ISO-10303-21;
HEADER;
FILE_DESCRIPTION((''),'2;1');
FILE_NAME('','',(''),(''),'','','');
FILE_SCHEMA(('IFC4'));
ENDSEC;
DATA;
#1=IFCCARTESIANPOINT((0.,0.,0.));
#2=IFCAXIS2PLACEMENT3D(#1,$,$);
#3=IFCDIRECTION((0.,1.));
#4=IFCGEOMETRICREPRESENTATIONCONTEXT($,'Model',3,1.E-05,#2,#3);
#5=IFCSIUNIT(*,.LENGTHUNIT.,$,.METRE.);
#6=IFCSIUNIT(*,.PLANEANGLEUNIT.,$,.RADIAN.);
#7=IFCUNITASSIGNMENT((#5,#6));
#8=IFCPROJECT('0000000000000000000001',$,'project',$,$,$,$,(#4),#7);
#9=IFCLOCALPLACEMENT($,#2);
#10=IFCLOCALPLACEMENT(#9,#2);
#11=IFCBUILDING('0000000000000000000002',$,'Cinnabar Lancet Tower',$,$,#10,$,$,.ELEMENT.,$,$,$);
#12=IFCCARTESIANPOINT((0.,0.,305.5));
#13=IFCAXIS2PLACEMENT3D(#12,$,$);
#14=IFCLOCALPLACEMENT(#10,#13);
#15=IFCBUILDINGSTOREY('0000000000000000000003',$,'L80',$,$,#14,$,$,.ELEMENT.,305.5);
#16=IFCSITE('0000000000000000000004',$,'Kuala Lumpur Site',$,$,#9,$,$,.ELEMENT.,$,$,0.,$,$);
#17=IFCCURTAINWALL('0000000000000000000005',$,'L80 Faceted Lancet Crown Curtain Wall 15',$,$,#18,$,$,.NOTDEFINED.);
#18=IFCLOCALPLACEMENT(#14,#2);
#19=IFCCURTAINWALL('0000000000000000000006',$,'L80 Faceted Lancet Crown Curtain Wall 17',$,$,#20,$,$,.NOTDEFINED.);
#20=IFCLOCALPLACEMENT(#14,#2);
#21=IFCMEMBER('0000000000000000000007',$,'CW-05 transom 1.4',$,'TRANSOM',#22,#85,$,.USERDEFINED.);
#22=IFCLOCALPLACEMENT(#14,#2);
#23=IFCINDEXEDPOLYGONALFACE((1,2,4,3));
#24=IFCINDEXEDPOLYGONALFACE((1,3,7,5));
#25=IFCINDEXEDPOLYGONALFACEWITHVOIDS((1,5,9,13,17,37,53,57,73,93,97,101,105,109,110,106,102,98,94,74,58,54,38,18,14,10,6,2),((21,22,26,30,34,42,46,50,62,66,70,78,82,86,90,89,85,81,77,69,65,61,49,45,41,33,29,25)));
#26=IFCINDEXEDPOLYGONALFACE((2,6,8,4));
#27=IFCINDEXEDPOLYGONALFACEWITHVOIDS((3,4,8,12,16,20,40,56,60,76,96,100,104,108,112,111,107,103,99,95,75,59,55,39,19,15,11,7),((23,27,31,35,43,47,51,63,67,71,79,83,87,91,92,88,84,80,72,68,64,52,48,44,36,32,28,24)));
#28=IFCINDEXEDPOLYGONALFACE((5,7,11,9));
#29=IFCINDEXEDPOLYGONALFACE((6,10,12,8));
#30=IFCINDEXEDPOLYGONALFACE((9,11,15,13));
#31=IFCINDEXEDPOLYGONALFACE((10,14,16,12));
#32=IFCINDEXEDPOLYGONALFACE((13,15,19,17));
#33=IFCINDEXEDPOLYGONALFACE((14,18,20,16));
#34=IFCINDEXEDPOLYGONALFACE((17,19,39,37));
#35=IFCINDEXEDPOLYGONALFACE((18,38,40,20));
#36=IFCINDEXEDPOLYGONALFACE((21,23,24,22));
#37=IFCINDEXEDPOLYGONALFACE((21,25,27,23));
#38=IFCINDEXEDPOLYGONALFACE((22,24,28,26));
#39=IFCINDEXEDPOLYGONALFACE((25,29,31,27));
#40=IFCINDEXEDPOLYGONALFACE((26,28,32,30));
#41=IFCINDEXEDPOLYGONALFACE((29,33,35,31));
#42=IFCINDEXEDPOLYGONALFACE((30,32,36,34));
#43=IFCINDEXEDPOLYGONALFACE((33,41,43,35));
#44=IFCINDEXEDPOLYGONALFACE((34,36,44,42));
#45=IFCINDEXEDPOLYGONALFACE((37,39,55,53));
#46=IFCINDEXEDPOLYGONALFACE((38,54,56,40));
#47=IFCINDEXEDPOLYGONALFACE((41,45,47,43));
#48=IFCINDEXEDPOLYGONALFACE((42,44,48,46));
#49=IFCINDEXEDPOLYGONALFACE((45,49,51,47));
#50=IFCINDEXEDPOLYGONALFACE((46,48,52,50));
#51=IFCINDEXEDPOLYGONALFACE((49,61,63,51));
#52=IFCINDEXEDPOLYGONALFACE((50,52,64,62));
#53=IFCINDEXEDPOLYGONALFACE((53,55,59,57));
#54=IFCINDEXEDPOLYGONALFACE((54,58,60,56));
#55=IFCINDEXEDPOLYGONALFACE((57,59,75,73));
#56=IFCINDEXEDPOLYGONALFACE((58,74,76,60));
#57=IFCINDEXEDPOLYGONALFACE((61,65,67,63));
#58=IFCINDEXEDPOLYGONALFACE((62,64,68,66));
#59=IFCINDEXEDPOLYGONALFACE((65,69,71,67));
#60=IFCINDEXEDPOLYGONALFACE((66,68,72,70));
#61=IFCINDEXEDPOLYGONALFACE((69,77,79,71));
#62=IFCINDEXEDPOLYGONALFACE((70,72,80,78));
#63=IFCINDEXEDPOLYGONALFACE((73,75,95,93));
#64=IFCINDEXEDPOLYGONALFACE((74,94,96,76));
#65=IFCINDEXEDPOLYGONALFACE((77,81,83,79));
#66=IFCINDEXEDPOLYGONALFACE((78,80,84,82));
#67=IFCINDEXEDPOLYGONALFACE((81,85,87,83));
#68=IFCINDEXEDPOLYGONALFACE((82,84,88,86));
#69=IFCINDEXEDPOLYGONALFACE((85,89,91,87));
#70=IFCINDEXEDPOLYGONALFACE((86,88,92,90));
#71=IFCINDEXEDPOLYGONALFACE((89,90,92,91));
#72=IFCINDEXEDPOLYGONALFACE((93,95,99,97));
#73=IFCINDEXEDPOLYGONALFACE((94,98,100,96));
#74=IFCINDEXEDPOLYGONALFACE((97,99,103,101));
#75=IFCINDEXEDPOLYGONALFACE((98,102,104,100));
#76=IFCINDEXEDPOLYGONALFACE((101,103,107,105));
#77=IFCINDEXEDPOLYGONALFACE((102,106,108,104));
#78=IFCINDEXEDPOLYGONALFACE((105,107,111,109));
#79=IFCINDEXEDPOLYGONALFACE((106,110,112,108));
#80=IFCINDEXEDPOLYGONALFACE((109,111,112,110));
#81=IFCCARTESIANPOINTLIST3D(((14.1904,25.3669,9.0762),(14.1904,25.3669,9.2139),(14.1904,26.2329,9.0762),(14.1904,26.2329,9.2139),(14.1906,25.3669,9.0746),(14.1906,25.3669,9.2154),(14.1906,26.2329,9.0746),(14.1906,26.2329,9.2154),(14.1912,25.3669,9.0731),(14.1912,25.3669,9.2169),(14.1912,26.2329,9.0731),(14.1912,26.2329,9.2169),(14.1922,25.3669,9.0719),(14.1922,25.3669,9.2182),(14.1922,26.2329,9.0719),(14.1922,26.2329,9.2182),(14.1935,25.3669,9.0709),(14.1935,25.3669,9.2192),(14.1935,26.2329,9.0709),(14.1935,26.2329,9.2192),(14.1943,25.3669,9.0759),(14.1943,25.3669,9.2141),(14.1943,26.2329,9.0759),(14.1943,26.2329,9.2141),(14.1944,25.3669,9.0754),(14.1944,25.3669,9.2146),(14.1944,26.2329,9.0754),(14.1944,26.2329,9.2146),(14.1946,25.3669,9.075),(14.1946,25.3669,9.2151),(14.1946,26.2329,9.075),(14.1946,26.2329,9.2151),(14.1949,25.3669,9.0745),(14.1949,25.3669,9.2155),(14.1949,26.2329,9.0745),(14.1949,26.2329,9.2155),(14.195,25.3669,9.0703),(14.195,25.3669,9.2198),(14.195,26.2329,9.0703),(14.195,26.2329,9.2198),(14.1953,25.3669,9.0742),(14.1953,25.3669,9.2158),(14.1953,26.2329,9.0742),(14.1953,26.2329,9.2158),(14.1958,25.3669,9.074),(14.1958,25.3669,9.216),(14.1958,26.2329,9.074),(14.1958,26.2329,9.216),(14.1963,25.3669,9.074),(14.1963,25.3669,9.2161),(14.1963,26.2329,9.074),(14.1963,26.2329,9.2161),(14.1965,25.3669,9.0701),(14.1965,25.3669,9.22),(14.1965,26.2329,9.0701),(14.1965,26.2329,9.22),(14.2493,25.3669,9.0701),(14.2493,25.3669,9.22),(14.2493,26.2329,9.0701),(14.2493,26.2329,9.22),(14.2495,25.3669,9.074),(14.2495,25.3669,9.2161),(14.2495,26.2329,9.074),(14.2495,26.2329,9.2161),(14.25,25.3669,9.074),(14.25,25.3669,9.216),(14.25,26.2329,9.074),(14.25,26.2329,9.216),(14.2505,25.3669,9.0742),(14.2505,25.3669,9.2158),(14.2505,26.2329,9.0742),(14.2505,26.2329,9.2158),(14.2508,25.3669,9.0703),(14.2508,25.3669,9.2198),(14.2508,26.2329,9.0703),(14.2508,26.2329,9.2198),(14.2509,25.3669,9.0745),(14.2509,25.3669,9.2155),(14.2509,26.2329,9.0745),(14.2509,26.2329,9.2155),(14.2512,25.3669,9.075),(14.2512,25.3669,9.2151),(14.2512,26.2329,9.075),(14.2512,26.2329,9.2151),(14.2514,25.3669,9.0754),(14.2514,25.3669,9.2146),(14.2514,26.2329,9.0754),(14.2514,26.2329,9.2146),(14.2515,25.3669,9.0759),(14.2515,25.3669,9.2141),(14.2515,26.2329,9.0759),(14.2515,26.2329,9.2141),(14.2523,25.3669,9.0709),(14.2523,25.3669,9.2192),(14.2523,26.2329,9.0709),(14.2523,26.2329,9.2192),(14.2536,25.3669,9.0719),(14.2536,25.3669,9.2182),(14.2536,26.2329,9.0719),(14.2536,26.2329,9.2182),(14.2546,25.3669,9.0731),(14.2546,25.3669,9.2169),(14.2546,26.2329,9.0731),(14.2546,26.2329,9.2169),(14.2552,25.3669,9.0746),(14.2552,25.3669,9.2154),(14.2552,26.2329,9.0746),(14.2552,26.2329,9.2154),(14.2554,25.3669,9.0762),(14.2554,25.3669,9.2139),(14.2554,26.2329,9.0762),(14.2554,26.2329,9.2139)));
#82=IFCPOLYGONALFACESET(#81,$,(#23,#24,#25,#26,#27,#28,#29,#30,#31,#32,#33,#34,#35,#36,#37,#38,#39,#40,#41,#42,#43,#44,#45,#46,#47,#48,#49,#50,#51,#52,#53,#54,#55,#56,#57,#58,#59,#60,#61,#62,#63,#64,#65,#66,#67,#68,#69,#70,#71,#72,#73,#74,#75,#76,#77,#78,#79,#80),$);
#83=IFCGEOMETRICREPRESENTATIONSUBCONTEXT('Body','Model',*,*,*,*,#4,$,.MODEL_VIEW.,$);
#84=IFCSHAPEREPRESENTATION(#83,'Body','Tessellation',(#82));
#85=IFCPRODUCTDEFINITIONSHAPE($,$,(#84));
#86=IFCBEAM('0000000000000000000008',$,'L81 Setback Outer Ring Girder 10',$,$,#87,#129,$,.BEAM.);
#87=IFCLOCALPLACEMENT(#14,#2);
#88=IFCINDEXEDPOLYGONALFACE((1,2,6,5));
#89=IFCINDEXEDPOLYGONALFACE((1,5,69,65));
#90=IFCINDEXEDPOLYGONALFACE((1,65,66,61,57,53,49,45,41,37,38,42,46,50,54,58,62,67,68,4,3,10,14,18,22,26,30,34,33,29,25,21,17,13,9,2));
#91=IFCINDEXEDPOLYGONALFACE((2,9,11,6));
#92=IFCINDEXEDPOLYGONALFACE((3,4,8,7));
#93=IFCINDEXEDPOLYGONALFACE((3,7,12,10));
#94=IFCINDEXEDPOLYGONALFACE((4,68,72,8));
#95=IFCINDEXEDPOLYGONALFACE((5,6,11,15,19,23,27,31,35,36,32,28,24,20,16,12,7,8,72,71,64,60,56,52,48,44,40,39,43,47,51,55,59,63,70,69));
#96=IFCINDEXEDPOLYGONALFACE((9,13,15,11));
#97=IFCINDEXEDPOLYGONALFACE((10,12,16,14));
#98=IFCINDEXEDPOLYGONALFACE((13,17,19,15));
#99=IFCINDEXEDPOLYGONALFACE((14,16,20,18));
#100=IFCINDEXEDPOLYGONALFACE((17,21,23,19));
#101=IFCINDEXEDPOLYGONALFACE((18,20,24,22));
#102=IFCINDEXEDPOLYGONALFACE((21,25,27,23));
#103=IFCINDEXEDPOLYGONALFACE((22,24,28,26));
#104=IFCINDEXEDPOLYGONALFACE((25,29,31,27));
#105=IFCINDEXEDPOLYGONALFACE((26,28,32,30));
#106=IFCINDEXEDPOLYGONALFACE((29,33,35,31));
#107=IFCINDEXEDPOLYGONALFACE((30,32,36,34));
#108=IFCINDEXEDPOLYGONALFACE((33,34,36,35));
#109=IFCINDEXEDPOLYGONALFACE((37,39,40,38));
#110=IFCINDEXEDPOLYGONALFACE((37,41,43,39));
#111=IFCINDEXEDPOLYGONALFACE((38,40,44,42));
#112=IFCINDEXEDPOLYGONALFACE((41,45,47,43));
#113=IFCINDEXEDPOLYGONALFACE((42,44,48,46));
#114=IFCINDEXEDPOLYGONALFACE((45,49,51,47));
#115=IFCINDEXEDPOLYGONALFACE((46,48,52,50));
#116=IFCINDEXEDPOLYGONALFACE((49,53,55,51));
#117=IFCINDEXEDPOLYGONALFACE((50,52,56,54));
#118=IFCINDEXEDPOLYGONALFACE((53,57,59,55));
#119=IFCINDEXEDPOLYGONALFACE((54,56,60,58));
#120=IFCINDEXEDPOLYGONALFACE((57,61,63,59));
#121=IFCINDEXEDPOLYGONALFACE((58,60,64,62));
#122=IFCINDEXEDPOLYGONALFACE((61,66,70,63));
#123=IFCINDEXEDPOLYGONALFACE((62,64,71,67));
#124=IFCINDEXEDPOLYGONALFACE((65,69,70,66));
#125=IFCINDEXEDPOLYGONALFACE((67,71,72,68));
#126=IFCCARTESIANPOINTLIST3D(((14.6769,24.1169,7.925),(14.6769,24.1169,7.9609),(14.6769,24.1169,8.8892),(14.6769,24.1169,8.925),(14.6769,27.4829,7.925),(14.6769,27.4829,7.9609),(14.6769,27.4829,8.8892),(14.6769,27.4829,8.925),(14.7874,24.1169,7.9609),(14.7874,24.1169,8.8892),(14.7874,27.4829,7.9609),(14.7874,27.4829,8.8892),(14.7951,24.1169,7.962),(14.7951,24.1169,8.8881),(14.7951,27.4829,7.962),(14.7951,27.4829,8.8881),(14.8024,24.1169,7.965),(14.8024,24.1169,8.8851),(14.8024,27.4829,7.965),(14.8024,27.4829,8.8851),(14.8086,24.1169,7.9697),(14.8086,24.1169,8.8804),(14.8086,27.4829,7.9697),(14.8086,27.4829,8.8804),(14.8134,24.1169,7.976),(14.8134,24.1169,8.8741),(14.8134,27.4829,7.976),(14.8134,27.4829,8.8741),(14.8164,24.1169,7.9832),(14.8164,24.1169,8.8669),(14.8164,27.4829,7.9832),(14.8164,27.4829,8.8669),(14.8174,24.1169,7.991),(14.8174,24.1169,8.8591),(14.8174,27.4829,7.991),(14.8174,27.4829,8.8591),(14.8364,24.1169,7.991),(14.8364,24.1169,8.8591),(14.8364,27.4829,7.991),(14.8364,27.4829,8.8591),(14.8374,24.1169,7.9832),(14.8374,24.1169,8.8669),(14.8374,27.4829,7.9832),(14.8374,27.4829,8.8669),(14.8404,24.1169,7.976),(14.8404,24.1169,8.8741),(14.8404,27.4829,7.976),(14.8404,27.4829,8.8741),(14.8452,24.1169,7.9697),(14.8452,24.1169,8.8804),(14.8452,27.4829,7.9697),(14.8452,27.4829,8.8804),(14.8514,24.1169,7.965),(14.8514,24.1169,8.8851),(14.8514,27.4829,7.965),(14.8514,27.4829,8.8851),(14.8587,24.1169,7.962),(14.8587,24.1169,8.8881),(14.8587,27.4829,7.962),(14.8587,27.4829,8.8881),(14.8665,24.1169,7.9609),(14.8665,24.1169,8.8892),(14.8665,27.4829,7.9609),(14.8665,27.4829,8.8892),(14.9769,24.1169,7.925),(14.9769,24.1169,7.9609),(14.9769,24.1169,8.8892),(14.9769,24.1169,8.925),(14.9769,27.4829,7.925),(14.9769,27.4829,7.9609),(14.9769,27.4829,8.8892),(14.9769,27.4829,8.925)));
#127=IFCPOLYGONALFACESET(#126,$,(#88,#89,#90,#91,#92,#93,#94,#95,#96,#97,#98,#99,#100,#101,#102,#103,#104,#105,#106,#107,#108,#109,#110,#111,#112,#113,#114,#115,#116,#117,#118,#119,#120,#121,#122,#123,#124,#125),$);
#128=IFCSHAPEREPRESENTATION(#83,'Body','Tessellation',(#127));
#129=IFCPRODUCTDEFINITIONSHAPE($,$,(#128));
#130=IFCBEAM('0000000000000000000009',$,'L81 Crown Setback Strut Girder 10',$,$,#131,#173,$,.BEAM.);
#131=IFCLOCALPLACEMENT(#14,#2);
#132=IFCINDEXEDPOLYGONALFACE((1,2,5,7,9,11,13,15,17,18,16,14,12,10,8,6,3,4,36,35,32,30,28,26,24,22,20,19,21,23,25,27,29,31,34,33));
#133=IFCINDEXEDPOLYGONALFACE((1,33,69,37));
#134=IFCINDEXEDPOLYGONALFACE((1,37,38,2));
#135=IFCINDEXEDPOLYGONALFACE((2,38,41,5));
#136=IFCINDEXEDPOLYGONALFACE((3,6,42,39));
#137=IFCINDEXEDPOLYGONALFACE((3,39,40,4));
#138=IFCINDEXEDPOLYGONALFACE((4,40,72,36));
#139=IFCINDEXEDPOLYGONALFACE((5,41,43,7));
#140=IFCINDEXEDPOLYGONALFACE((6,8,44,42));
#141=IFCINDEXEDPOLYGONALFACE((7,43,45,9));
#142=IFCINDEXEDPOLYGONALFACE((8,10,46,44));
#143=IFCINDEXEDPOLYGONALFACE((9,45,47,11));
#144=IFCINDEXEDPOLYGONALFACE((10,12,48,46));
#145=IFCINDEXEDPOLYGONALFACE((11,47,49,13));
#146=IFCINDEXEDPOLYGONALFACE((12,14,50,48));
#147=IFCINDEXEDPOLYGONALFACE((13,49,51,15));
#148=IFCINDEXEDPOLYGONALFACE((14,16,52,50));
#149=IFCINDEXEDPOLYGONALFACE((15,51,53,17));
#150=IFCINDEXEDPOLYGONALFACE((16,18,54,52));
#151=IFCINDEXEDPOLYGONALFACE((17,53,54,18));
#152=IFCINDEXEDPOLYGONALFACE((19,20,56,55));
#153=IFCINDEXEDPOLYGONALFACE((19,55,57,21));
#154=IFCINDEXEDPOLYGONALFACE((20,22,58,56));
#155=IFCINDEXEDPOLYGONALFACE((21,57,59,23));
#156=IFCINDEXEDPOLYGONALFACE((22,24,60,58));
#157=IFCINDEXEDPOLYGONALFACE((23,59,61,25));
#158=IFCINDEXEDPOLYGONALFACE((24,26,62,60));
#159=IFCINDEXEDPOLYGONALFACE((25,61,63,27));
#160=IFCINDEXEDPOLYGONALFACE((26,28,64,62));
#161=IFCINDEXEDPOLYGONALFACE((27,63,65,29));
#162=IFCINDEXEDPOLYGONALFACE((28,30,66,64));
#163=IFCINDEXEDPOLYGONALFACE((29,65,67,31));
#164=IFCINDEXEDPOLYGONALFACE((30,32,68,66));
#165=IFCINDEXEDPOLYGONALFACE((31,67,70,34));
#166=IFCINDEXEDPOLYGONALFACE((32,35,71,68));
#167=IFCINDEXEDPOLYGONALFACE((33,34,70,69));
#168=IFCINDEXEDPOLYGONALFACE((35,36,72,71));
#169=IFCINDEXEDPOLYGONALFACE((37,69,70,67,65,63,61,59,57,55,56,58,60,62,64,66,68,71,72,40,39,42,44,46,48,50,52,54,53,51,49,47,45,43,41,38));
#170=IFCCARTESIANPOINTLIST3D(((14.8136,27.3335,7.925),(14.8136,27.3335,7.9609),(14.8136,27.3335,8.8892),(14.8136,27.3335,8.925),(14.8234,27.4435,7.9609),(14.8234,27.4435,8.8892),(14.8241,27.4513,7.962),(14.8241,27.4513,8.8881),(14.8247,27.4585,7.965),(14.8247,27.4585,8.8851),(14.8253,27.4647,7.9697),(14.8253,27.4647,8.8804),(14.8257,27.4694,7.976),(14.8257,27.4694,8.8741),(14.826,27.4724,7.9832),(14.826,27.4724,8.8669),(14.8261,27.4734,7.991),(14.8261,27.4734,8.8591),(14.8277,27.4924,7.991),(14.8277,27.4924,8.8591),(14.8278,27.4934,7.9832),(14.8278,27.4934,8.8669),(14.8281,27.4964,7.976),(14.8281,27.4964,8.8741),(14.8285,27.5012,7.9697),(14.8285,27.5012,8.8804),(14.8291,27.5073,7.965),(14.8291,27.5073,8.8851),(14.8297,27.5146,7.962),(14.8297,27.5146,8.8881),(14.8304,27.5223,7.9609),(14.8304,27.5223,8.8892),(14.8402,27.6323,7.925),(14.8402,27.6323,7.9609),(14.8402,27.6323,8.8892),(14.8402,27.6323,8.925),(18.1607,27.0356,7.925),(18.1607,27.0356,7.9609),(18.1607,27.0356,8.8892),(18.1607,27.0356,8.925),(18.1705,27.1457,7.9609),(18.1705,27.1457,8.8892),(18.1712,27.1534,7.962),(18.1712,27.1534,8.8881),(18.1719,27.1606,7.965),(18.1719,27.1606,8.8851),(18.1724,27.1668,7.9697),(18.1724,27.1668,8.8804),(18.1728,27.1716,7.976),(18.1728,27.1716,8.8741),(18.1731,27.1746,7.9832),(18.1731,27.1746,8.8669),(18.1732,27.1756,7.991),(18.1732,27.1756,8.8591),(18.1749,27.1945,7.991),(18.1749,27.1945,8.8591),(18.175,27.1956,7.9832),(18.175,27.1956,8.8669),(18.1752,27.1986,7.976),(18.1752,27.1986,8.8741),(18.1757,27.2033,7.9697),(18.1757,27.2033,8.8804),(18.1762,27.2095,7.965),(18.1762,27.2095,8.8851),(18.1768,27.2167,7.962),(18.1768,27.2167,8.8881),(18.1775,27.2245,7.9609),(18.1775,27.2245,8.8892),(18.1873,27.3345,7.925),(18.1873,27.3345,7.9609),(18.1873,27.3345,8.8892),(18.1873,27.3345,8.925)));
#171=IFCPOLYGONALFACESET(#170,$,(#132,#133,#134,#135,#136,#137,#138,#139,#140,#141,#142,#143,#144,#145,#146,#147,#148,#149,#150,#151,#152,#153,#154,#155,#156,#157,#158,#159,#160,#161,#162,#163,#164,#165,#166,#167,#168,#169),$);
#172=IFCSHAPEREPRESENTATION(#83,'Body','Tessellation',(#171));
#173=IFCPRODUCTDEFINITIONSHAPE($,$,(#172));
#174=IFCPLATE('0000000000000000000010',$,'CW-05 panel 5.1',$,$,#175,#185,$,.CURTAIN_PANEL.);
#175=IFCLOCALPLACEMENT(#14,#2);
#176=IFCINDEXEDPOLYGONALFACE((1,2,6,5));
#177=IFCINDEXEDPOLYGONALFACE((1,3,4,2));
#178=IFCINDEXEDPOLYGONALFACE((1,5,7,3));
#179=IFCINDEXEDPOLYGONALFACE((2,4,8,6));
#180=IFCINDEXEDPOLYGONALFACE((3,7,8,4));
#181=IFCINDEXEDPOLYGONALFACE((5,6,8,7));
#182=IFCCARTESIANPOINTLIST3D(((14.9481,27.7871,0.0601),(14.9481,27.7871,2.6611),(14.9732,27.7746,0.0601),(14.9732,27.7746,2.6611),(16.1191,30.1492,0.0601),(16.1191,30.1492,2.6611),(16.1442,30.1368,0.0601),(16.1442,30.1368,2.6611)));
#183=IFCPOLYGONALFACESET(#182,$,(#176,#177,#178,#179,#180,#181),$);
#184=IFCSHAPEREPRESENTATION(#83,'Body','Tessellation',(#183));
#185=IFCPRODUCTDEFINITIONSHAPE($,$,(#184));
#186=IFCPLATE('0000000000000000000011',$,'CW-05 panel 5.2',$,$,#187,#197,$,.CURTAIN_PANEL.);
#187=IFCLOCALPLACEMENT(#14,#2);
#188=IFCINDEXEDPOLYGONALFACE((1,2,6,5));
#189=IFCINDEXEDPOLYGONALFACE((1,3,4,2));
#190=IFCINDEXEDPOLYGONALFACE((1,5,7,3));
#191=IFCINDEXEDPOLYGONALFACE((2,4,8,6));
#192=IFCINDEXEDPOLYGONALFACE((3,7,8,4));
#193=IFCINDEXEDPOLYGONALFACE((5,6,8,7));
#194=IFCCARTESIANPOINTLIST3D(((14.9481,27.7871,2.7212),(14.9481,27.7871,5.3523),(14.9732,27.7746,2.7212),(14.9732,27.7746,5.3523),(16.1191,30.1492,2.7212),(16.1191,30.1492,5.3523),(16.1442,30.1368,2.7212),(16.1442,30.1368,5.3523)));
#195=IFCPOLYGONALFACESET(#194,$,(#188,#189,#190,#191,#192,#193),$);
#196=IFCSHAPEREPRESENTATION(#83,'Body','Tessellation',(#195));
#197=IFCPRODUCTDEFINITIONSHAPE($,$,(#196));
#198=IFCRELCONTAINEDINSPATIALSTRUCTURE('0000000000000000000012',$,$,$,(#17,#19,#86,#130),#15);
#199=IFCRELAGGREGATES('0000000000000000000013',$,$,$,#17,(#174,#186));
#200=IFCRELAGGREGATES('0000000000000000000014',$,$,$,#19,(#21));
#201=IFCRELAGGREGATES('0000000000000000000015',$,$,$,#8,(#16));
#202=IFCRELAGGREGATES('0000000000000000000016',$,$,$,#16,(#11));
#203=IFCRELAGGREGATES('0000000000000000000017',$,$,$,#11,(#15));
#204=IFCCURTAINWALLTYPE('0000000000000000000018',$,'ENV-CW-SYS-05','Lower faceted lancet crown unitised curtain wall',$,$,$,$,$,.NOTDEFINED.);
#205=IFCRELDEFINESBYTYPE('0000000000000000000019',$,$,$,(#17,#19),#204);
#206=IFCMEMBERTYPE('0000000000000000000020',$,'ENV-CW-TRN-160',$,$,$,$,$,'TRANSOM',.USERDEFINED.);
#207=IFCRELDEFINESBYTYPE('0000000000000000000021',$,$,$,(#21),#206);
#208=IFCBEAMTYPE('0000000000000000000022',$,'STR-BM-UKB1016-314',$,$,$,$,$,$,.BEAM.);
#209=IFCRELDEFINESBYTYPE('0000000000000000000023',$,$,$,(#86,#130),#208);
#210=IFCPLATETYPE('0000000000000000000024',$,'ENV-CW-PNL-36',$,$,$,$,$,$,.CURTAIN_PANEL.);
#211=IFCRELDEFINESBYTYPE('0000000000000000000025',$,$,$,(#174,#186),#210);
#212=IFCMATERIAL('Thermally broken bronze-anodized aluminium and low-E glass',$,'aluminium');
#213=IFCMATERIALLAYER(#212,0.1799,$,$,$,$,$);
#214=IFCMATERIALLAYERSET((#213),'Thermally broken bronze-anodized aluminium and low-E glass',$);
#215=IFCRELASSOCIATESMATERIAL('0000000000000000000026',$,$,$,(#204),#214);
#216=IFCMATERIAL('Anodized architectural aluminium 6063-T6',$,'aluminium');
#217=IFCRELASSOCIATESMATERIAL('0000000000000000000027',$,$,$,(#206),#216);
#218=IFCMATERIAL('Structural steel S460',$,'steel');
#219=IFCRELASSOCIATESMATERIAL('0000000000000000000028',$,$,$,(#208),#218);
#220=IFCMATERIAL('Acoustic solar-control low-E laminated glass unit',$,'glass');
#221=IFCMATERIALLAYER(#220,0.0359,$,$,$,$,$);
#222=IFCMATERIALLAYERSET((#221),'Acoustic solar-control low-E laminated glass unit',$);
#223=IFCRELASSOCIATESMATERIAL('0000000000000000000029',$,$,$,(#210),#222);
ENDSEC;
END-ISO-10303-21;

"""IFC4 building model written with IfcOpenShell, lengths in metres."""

from ifc_helpers import new_model, si_unit, direction, frame, origin, origin_2d, place, context, subcontext, project, spatial, rectangle, hollow_rectangle, i_section, extrude, material, layer, layer_set, material_profile, profile_set, type_object, element, aggregate, save


model = new_model("IFC4")

# Units and contexts
model_context = context("Model", 3, precision=1e-05, world=origin(), true_north=direction((0.0, 1.0)))
body_context = subcontext(model_context, "Body", "Model", "MODEL_VIEW")
ifc_project = project(units=[si_unit("LENGTHUNIT", "METRE"), si_unit("PLANEANGLEUNIT", "RADIAN")], contexts=[model_context])

# Site, building, storey
site_placement = place(None, origin())
site = spatial("IfcSite", under=ifc_project, at=site_placement, Name="Kuala Lumpur Site", CompositionType="ELEMENT", RefElevation=0.0)
building_placement = place(site_placement, origin())
building = spatial("IfcBuilding", under=site, at=building_placement, Name="Cinnabar Lancet Tower", CompositionType="ELEMENT")
storey_placement = place(building_placement, frame((0.0, 0.0, 305.5)))
storey = spatial("IfcBuildingStorey", under=building, at=storey_placement, Name="L80", CompositionType="ELEMENT", Elevation=305.5)

# Curtain wall
ifc_material_1 = material(Name="Thermally broken bronze-anodized aluminium and low-E glass", Category="aluminium")
ifc_layer_1 = layer(ifc_material_1, 0.1799)
ifc_layer_set_1 = layer_set([ifc_layer_1], Name="Thermally broken bronze-anodized aluminium and low-E glass")
curtain_wall_type = type_object("IfcCurtainWallType", Name="ENV-CW-SYS-05", Description="Lower faceted lancet crown unitised curtain wall", PredefinedType="NOTDEFINED", material=ifc_layer_set_1)
curtain_wall_1_placement = place(storey_placement, origin())
curtain_wall_1 = element("IfcCurtainWall", 1, at=curtain_wall_1_placement, inside=storey, type_object=curtain_wall_type, Name="L80 Faceted Lancet Crown Curtain Wall 15", PredefinedType="NOTDEFINED")

# Curtain wall
curtain_wall_2_placement = place(storey_placement, origin())
curtain_wall_2 = element("IfcCurtainWall", 2, at=curtain_wall_2_placement, inside=storey, type_object=curtain_wall_type, Name="L80 Faceted Lancet Crown Curtain Wall 17", PredefinedType="NOTDEFINED")

# Member
ifc_material_2 = material(Name="Anodized architectural aluminium 6063-T6", Category="aluminium")
ifc_material_profile_1 = material_profile(ifc_material_2, hollow_rectangle(XDim=0.0649, YDim=0.1499, WallThickness=0.0039, InnerFilletRadius=0.002, OuterFilletRadius=0.0061, at=origin_2d()), Name="CW-TRN 150x65x4")
ifc_profile_set_1 = profile_set([ifc_material_profile_1], Name="Anodized architectural aluminium 6063-T6")
member_type_1 = type_object("IfcMemberType", Name="ENV-CW-TRN-160", ElementType="TRANSOM", PredefinedType="USERDEFINED", material=ifc_profile_set_1)
member_1_placement = place(storey_placement, frame((14.2229, 26.2329, 9.145), z_axis=(0.0, -1.0, 0.0), x_axis=(1.0, 0.0, 0.0)))
member_1 = element("IfcMember", 3, at=member_1_placement, type_object=member_type_1, Name="CW-05 transom 1.4", ObjectType="TRANSOM", PredefinedType="USERDEFINED", context=body_context, shape_type="SweptSolid", body=[
    extrude(hollow_rectangle(XDim=0.0649, YDim=0.1499, WallThickness=0.0039, InnerFilletRadius=0.002, OuterFilletRadius=0.0061, at=origin_2d()), origin(), (0.0, 0.0, 1.0), 0.866),
])

# Beams
ifc_material_3 = material(Name="Structural steel S460", Category="steel")
ifc_material_profile_2 = material_profile(ifc_material_3, i_section(OverallWidth=0.3, OverallDepth=1.0, WebThickness=0.019, FlangeThickness=0.0359, FilletRadius=0.03, at=origin_2d()), Name="UKB 1016x305x314")
ifc_profile_set_2 = profile_set([ifc_material_profile_2], Name="Structural steel S460")
beam_type = type_object("IfcBeamType", Name="STR-BM-UKB1016-314", PredefinedType="BEAM", material=ifc_profile_set_2)
beam_1_placement = place(storey_placement, frame((14.8269, 27.4829, 8.425), z_axis=(0.0, -1.0, 0.0), x_axis=(1.0, 0.0, 0.0)))
element("IfcBeam", 4, at=beam_1_placement, inside=storey, type_object=beam_type, Name="L81 Setback Outer Ring Girder 10", PredefinedType="BEAM", context=body_context, shape_type="SweptSolid", body=[
    extrude(i_section(OverallWidth=0.3, OverallDepth=1.0, WebThickness=0.019, FlangeThickness=0.0359, FilletRadius=0.03, at=origin_2d()), origin(), (0.0, 0.0, 1.0), 3.366),
])
beam_2_placement = place(storey_placement, frame((14.8269, 27.4829, 8.425), z_axis=(0.996064, -0.088636, 0.0), x_axis=(0.088636, 0.996064, 0.0)))
element("IfcBeam", 5, at=beam_2_placement, inside=storey, type_object=beam_type, Name="L81 Crown Setback Strut Girder 10", PredefinedType="BEAM", context=body_context, shape_type="SweptSolid", body=[
    extrude(i_section(OverallWidth=0.3, OverallDepth=1.0, WebThickness=0.019, FlangeThickness=0.0359, FilletRadius=0.03, at=origin_2d()), origin(), (0.0, 0.0, 1.0), 3.3604),
])

# Plates
ifc_material_4 = material(Name="Acoustic solar-control low-E laminated glass unit", Category="glass")
ifc_layer_2 = layer(ifc_material_4, 0.0359)
ifc_layer_set_2 = layer_set([ifc_layer_2], Name="Acoustic solar-control low-E laminated glass unit")
plate_type_1 = type_object("IfcPlateType", Name="ENV-CW-PNL-36", PredefinedType="CURTAIN_PANEL", material=ifc_layer_set_2)
plate_1_placement = place(storey_placement, frame((15.5461, 28.9619, 0.0601), z_axis=(0.0, 0.0, 1.0), x_axis=(-0.444159, -0.895948, 0.0)))
plate_1 = element("IfcPlate", 6, at=plate_1_placement, type_object=plate_type_1, Name="CW-05 panel 5.1", PredefinedType="CURTAIN_PANEL", context=body_context, shape_type="SweptSolid", body=[
    extrude(rectangle(XDim=2.6365, YDim=0.0281, at=origin_2d()), origin(), (0.0, 0.0, 1.0), 2.6011),
])
plate_2_placement = place(storey_placement, frame((15.5461, 28.9619, 2.7212), z_axis=(0.0, 0.0, 1.0), x_axis=(-0.444159, -0.895948, 0.0)))
plate_2 = element("IfcPlate", 7, at=plate_2_placement, type_object=plate_type_1, Name="CW-05 panel 5.2", PredefinedType="CURTAIN_PANEL", context=body_context, shape_type="SweptSolid", body=[
    extrude(rectangle(XDim=2.6365, YDim=0.0281, at=origin_2d()), origin(), (0.0, 0.0, 1.0), 2.6311),
])
aggregate(curtain_wall_1, [plate_1, plate_2])
aggregate(curtain_wall_2, [member_1])

save(model, "model.ifc")
